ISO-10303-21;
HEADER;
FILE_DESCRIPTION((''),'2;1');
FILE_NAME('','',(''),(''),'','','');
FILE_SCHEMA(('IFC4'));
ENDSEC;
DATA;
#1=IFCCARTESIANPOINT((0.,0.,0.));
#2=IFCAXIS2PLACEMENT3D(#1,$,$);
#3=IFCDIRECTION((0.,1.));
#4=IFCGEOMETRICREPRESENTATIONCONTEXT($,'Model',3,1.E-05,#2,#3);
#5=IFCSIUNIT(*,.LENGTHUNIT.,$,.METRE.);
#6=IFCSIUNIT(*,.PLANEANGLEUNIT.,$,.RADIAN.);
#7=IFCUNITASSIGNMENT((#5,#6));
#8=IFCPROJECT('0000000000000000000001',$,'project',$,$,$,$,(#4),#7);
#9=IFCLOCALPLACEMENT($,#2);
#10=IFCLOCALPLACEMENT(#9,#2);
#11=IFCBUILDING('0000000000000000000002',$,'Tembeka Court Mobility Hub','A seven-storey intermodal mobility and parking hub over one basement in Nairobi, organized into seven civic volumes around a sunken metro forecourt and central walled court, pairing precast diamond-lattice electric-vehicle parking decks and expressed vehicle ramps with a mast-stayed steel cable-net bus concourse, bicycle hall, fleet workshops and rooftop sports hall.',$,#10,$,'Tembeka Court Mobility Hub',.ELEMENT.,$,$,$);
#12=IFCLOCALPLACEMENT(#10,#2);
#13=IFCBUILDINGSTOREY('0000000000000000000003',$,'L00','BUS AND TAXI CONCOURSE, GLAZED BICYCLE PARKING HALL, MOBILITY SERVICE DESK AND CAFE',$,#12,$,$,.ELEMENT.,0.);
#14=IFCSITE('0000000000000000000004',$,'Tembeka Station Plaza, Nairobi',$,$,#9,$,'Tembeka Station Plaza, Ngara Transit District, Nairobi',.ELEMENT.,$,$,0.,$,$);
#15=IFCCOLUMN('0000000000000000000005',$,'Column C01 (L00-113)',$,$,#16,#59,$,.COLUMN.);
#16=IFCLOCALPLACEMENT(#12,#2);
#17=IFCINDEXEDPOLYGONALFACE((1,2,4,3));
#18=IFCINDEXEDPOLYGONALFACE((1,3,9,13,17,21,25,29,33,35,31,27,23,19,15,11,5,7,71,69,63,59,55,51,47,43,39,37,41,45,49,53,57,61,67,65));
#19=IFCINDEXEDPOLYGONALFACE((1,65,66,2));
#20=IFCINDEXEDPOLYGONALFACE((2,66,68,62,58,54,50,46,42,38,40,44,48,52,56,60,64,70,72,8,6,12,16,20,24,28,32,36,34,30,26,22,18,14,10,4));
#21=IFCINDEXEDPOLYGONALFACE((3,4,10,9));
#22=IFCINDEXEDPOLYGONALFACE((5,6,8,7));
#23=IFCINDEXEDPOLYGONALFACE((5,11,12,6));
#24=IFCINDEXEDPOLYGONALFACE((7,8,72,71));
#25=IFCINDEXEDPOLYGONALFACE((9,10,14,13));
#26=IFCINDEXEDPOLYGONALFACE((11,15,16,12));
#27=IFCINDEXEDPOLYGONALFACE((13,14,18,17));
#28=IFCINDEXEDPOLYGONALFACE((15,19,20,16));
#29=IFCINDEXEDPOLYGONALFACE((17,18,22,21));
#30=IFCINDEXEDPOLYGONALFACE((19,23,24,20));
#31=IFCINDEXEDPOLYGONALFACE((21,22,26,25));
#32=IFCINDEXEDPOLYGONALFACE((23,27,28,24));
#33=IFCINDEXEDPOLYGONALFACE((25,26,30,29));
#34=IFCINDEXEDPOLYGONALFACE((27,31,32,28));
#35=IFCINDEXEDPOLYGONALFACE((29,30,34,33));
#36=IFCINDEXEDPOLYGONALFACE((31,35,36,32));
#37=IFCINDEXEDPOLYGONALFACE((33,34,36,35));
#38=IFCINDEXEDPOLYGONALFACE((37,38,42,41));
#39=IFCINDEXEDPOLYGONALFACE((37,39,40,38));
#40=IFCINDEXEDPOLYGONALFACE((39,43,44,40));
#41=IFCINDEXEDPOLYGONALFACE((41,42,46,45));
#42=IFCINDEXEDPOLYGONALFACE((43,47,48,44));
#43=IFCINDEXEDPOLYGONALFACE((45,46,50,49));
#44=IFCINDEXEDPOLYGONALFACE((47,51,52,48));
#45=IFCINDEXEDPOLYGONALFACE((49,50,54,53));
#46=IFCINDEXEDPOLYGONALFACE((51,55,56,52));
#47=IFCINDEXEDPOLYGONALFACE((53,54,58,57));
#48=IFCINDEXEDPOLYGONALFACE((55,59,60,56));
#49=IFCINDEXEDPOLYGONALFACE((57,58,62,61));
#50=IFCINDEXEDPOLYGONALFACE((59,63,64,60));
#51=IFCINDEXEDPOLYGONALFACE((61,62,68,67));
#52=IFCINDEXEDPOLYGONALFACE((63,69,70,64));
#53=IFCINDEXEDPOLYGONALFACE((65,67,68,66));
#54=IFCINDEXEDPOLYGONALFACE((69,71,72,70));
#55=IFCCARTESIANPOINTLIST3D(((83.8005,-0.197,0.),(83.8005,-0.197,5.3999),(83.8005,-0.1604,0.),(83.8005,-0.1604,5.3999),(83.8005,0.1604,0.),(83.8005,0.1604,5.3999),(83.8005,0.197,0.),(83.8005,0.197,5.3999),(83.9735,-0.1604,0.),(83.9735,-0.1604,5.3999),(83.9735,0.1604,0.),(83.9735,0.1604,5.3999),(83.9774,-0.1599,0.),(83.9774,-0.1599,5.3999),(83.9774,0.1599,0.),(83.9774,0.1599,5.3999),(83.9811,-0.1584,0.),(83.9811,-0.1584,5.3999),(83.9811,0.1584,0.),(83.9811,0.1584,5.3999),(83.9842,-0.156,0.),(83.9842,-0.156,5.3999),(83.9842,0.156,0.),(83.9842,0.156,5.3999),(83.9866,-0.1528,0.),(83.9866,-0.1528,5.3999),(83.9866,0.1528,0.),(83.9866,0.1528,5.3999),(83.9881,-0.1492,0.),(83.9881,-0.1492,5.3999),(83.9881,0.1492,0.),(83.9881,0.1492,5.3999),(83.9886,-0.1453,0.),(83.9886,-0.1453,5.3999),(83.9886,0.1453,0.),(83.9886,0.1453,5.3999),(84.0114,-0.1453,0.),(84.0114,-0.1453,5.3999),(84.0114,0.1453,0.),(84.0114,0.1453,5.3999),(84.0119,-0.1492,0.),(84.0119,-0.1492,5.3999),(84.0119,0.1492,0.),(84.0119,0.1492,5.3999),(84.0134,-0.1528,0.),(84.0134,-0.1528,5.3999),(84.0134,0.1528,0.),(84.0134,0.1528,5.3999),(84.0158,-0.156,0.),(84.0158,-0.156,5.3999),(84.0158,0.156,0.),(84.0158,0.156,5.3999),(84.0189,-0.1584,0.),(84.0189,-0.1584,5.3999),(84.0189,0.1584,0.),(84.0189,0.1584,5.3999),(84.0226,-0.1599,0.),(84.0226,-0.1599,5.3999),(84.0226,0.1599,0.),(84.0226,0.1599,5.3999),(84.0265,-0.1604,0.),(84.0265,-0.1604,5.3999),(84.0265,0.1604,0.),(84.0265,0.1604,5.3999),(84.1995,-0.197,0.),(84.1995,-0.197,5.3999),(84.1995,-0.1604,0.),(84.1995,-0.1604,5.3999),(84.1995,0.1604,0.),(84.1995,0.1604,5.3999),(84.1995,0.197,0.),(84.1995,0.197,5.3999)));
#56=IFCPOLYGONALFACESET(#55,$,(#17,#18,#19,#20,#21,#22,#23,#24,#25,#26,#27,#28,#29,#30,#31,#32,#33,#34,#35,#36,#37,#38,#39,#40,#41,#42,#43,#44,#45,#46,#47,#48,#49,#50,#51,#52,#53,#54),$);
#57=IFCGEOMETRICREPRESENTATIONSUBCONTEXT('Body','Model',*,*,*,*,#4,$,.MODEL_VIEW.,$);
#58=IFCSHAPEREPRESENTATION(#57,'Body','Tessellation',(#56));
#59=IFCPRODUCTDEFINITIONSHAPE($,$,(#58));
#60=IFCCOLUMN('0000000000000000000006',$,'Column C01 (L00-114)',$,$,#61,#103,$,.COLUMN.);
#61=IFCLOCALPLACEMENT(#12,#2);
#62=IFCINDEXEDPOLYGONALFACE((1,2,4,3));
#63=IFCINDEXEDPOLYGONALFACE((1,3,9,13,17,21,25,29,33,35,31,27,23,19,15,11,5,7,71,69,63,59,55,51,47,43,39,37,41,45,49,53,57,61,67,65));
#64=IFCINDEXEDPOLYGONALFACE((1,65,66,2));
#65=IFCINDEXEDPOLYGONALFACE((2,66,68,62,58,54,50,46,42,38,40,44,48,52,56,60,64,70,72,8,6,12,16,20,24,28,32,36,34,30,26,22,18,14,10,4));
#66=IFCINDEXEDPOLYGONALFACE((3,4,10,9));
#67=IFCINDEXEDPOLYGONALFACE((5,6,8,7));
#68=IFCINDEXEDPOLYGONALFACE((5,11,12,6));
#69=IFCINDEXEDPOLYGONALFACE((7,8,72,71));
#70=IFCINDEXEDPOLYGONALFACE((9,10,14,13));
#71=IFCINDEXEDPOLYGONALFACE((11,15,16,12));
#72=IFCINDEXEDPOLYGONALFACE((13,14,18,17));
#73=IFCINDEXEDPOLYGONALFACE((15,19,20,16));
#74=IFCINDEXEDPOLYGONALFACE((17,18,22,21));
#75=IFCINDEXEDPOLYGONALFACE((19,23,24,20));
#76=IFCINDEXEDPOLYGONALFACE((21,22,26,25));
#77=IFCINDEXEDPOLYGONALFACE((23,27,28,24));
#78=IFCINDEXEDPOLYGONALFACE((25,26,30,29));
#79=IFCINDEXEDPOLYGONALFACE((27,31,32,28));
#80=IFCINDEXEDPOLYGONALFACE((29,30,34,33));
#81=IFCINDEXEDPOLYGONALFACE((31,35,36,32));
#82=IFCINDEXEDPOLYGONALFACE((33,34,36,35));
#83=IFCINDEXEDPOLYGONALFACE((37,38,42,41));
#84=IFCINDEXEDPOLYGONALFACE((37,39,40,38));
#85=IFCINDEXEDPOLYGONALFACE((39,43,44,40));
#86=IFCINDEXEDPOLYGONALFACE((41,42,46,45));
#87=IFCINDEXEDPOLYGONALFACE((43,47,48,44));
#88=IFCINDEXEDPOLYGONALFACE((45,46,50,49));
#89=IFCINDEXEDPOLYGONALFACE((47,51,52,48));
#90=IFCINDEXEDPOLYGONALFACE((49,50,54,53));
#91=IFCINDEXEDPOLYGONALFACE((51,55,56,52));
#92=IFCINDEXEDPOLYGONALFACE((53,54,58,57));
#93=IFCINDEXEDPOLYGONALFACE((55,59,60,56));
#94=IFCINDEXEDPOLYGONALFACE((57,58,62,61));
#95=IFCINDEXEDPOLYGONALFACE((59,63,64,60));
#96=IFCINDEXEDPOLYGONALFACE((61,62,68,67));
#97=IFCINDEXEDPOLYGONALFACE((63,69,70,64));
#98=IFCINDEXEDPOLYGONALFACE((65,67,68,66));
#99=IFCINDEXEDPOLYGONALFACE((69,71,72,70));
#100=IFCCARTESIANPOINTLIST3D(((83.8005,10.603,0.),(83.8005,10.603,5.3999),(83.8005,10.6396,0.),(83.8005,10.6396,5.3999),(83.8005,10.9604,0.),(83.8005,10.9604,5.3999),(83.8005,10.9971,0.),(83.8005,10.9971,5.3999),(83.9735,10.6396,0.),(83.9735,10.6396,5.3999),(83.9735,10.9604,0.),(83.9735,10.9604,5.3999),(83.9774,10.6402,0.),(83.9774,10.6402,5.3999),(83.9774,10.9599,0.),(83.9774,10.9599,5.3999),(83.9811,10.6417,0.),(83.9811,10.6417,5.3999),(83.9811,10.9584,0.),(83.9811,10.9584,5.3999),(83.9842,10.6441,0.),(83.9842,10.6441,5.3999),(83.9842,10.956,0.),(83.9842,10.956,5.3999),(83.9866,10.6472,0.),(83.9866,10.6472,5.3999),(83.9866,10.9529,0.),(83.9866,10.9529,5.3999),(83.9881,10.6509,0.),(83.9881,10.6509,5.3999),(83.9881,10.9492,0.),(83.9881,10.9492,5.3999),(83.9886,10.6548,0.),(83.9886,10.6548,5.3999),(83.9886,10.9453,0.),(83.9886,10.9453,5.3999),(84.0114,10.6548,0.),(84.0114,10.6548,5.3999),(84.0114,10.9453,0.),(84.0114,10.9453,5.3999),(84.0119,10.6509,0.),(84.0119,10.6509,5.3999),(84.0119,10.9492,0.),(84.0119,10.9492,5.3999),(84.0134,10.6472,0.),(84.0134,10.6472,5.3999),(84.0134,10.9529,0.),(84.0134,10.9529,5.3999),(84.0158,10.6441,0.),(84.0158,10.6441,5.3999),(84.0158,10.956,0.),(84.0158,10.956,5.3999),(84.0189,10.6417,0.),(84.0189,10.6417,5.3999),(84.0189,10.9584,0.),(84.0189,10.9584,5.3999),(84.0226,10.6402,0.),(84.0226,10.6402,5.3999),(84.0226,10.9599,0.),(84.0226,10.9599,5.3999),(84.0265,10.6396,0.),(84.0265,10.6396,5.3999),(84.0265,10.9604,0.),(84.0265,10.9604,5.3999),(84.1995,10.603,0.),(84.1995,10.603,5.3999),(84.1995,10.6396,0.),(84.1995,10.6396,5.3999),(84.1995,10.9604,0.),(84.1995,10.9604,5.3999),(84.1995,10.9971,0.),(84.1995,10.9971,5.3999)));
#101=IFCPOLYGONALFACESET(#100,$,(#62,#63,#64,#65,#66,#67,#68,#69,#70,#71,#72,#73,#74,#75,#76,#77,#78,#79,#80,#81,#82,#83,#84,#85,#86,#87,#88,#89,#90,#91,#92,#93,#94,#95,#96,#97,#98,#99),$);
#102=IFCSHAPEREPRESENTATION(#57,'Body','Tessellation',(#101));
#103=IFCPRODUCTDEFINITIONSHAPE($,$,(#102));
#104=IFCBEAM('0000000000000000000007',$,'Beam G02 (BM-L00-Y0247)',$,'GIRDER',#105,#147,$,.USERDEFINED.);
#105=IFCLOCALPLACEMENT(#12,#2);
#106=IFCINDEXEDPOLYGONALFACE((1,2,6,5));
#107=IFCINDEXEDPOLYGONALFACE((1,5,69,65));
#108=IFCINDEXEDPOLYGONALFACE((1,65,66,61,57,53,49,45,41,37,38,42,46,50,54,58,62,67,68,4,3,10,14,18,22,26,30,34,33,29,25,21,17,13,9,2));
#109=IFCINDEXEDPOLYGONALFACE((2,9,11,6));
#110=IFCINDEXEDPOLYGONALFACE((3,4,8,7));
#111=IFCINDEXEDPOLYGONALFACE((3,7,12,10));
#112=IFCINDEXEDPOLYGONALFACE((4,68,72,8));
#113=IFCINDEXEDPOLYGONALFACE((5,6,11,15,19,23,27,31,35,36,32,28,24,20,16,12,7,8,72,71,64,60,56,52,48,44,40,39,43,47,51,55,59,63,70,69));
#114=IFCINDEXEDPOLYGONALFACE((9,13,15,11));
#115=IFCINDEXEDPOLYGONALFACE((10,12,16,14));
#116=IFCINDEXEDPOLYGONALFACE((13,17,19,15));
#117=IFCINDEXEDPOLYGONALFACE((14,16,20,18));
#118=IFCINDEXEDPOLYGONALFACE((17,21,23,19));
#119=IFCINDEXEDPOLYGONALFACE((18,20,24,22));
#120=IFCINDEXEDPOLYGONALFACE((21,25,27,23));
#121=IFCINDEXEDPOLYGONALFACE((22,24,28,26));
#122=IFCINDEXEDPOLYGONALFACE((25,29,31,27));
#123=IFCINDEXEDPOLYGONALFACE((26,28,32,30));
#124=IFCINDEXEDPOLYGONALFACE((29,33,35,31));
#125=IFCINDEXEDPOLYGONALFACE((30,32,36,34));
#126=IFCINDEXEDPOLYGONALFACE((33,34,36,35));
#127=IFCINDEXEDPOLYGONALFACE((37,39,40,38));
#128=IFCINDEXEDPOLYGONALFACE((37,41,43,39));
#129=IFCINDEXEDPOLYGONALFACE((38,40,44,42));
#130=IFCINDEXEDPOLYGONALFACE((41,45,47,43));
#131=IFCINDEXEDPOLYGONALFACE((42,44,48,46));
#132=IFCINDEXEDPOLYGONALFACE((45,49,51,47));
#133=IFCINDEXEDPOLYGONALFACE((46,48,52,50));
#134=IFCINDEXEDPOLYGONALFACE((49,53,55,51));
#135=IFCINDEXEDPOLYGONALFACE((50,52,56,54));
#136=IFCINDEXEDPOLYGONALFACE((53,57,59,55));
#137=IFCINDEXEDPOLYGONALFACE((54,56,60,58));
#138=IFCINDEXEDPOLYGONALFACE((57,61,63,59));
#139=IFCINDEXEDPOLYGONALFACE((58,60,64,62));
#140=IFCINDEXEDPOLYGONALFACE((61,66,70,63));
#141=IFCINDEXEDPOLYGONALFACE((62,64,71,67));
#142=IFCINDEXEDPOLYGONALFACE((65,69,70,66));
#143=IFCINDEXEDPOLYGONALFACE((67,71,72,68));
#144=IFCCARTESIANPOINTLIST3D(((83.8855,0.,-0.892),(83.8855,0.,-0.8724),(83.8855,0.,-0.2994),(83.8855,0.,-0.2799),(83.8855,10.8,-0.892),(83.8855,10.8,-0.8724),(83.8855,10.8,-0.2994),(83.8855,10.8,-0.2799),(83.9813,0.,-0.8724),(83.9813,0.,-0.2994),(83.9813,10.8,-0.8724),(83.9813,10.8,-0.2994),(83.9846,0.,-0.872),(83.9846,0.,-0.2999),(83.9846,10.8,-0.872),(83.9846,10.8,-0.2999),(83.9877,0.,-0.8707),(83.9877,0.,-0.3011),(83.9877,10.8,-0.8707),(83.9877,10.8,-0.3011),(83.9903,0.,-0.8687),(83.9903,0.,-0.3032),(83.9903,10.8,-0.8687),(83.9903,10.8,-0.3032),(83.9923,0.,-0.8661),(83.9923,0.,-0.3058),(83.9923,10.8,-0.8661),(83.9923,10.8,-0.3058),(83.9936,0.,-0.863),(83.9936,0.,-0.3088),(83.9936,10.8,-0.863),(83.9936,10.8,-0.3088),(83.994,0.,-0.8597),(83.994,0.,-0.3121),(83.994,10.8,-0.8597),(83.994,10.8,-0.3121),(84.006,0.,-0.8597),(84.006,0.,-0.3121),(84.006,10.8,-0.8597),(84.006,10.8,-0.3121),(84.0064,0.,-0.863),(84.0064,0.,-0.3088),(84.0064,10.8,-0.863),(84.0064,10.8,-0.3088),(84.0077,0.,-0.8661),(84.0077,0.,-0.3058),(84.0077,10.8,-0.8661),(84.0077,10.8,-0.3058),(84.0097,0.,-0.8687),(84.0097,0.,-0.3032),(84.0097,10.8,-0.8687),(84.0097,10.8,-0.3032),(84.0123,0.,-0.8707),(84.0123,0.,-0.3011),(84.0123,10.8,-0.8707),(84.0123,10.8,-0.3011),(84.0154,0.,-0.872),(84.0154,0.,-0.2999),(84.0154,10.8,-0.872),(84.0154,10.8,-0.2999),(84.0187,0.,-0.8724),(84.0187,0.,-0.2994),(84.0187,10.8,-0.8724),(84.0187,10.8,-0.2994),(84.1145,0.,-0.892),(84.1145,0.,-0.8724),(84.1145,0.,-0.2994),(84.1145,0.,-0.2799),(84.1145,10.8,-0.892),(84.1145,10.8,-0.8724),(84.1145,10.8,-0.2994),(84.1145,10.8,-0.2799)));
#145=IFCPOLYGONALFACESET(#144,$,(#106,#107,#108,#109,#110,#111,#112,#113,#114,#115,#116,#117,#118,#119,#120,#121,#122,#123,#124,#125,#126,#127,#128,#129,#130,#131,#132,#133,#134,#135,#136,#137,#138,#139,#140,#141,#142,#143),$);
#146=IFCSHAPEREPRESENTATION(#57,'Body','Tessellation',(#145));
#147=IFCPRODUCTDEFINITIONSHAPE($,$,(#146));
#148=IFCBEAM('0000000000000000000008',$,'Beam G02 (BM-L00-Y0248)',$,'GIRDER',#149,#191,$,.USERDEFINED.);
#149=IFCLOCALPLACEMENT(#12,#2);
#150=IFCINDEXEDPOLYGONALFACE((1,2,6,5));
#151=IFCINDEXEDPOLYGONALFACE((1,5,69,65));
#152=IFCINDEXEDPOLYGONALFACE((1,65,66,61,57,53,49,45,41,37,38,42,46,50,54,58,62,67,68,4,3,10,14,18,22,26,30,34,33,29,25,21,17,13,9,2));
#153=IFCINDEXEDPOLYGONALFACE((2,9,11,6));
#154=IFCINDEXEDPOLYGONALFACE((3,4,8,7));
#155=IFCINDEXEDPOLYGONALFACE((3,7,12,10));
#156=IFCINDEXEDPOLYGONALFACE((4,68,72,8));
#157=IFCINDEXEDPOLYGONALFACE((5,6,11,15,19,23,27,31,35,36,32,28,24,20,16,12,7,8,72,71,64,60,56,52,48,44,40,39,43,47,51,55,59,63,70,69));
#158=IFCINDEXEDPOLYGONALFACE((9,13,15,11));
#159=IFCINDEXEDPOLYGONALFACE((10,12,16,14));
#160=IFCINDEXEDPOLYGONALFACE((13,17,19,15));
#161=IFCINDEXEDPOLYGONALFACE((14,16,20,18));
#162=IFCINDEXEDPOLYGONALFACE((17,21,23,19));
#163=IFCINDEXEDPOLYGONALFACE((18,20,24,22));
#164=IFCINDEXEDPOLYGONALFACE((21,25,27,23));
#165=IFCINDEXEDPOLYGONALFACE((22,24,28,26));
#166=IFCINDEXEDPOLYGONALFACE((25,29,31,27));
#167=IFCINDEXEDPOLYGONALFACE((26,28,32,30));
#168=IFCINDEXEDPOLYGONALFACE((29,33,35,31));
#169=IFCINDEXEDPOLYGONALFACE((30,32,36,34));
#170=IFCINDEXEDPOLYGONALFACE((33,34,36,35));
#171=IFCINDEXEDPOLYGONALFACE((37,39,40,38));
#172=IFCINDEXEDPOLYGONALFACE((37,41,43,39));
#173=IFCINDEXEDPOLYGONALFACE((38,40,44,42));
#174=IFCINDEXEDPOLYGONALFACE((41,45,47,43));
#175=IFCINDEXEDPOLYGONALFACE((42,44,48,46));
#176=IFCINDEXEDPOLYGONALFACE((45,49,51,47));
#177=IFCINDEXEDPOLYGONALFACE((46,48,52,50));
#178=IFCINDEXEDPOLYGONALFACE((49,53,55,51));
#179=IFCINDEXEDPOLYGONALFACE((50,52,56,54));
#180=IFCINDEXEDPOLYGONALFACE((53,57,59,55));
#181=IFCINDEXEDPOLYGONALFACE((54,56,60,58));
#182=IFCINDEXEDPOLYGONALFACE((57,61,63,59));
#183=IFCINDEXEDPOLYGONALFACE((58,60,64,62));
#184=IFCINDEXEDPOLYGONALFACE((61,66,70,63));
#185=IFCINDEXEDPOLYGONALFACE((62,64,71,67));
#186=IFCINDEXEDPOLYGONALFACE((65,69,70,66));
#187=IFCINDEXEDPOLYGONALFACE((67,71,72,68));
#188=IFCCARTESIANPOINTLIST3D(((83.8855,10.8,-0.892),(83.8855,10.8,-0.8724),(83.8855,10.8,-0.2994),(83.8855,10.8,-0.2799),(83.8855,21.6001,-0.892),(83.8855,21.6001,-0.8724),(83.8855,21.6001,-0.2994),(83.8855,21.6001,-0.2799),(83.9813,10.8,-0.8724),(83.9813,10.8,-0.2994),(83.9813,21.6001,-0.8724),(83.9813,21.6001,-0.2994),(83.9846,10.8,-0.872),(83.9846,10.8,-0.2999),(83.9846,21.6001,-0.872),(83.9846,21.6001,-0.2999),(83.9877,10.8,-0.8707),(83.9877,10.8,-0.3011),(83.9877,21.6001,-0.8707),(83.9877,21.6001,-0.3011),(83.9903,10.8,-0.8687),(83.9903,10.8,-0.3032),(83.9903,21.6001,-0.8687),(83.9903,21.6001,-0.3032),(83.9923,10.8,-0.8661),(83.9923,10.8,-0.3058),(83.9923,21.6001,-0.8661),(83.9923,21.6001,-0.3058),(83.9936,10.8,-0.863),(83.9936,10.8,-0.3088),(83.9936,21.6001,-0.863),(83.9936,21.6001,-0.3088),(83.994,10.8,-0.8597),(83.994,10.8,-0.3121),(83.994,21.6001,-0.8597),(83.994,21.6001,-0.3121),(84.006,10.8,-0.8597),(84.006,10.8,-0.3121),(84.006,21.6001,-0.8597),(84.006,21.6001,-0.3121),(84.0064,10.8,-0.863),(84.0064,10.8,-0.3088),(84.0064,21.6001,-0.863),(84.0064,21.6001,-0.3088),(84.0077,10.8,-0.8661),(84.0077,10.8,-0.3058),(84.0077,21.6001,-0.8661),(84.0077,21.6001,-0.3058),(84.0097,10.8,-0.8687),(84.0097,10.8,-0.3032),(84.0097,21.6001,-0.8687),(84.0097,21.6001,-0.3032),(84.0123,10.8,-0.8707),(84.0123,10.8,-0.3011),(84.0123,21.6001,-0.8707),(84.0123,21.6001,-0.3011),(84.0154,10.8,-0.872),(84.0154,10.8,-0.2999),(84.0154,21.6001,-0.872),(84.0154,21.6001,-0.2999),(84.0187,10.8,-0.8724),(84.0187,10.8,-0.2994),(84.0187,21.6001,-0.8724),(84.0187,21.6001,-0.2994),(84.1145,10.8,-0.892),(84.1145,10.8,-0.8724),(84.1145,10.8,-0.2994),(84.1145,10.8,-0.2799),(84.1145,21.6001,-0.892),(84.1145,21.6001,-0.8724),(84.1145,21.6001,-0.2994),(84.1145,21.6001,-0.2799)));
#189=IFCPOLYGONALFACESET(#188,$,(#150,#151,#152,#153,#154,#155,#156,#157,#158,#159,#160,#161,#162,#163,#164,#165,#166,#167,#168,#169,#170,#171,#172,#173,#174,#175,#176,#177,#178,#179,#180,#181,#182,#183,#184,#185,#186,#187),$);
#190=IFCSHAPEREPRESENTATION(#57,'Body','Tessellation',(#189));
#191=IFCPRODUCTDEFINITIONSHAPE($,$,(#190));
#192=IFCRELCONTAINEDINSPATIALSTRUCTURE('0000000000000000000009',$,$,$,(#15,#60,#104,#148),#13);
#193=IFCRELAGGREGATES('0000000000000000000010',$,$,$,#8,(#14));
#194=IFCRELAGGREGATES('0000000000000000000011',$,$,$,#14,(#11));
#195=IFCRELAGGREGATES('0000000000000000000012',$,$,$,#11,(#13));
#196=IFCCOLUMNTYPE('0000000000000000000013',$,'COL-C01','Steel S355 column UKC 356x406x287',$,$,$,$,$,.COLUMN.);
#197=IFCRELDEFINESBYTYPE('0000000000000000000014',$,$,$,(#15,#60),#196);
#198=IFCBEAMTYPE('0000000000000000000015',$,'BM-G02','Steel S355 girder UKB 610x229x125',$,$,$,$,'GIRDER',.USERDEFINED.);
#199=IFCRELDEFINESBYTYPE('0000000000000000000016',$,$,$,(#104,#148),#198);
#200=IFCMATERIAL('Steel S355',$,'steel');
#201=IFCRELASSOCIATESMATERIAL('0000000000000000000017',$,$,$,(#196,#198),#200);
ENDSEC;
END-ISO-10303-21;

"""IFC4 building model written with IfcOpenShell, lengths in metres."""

from ifc_helpers import new_model, si_unit, direction, frame, origin, origin_2d, place, context, subcontext, project, spatial, i_section, extrude, material, material_profile, profile_set, type_object, element, save


model = new_model("IFC4")

# Units and contexts
model_context = context("Model", 3, precision=1e-05, world=origin(), true_north=direction((0.0, 1.0)))
body_context = subcontext(model_context, "Body", "Model", "MODEL_VIEW")
ifc_project = project(units=[si_unit("LENGTHUNIT", "METRE"), si_unit("PLANEANGLEUNIT", "RADIAN")], contexts=[model_context])

# Site, building, storey
site_placement = place(None, origin())
site = spatial("IfcSite", under=ifc_project, at=site_placement, Name="Tembeka Station Plaza, Nairobi", LongName="Tembeka Station Plaza, Ngara Transit District, Nairobi", CompositionType="ELEMENT", RefElevation=0.0)
building_placement = place(site_placement, origin())
building = spatial("IfcBuilding", under=site, at=building_placement, Name="Tembeka Court Mobility Hub", Description="A seven-storey intermodal mobility and parking hub over one basement in Nairobi, organized into seven civic volumes around a sunken metro forecourt and central walled court, pairing precast diamond-lattice electric-vehicle parking decks and expressed vehicle ramps with a mast-stayed steel cable-net bus concourse, bicycle hall, fleet workshops and rooftop sports hall.", LongName="Tembeka Court Mobility Hub", CompositionType="ELEMENT")
storey_placement = place(building_placement, origin())
storey = spatial("IfcBuildingStorey", under=building, at=storey_placement, Name="L00", Description="BUS AND TAXI CONCOURSE, GLAZED BICYCLE PARKING HALL, MOBILITY SERVICE DESK AND CAFE", CompositionType="ELEMENT", Elevation=0.0)

# Columns
ifc_material_1 = material(Name="Steel S355", Category="steel")
ifc_material_profile_1 = material_profile(ifc_material_1, i_section(OverallWidth=0.3989, OverallDepth=0.394, WebThickness=0.0227, FlangeThickness=0.0366, FilletRadius=0.0151, at=origin_2d()), Name="UKC 356x406x287")
ifc_profile_set_1 = profile_set([ifc_material_profile_1], Name="Steel S355")
column_type = type_object("IfcColumnType", Name="COL-C01", Description="Steel S355 column UKC 356x406x287", PredefinedType="COLUMN", material=ifc_profile_set_1)
for number, where, z_axis, x_axis, name in (
    (1, (84.0, 0.0, 0.0), (0.0, 0.0, 1.0), (1.0, 0.0, 0.0), "Column C01 (L00-113)"),
    (2, (84.0, 10.8, 0.0), (0.0, 0.0, 1.0), (1.0, 0.0, 0.0), "Column C01 (L00-114)"),
):
    element("IfcColumn", number, at=place(storey_placement, frame(where, z_axis=z_axis, x_axis=x_axis)), inside=storey, type_object=column_type, Name=name, PredefinedType="COLUMN", context=body_context, shape_type="SweptSolid", body=[
        extrude(i_section(OverallWidth=0.3989, OverallDepth=0.394, WebThickness=0.0227, FlangeThickness=0.0366, FilletRadius=0.0151, at=origin_2d()), origin(), (0.0, 0.0, 1.0), 5.3999),
    ])

# Beams
ifc_material_profile_2 = material_profile(ifc_material_1, i_section(OverallWidth=0.229, OverallDepth=0.6121, WebThickness=0.012, FlangeThickness=0.0195, FilletRadius=0.0127, at=origin_2d()), Name="UKB 610x229x125")
ifc_profile_set_2 = profile_set([ifc_material_profile_2], Name="Steel S355")
beam_type_1 = type_object("IfcBeamType", Name="BM-G02", Description="Steel S355 girder UKB 610x229x125", ElementType="GIRDER", PredefinedType="USERDEFINED", material=ifc_profile_set_2)
for number, where, z_axis, x_axis, name in (
    (3, (84.0, 0.0, -0.5859), (0.0, 1.0, 0.0), (-1.0, 0.0, 0.0), "Beam G02 (BM-L00-Y0247)"),
    (4, (84.0, 10.8, -0.5859), (0.0, 1.0, 0.0), (-1.0, 0.0, 0.0), "Beam G02 (BM-L00-Y0248)"),
):
    element("IfcBeam", number, at=place(storey_placement, frame(where, z_axis=z_axis, x_axis=x_axis)), inside=storey, type_object=beam_type_1, Name=name, ObjectType="GIRDER", PredefinedType="USERDEFINED", context=body_context, shape_type="SweptSolid", body=[
        extrude(i_section(OverallWidth=0.229, OverallDepth=0.6121, WebThickness=0.012, FlangeThickness=0.0195, FilletRadius=0.0127, at=origin_2d()), origin(), (0.0, 0.0, 1.0), 10.8),
    ])

save(model, "model.ifc")
